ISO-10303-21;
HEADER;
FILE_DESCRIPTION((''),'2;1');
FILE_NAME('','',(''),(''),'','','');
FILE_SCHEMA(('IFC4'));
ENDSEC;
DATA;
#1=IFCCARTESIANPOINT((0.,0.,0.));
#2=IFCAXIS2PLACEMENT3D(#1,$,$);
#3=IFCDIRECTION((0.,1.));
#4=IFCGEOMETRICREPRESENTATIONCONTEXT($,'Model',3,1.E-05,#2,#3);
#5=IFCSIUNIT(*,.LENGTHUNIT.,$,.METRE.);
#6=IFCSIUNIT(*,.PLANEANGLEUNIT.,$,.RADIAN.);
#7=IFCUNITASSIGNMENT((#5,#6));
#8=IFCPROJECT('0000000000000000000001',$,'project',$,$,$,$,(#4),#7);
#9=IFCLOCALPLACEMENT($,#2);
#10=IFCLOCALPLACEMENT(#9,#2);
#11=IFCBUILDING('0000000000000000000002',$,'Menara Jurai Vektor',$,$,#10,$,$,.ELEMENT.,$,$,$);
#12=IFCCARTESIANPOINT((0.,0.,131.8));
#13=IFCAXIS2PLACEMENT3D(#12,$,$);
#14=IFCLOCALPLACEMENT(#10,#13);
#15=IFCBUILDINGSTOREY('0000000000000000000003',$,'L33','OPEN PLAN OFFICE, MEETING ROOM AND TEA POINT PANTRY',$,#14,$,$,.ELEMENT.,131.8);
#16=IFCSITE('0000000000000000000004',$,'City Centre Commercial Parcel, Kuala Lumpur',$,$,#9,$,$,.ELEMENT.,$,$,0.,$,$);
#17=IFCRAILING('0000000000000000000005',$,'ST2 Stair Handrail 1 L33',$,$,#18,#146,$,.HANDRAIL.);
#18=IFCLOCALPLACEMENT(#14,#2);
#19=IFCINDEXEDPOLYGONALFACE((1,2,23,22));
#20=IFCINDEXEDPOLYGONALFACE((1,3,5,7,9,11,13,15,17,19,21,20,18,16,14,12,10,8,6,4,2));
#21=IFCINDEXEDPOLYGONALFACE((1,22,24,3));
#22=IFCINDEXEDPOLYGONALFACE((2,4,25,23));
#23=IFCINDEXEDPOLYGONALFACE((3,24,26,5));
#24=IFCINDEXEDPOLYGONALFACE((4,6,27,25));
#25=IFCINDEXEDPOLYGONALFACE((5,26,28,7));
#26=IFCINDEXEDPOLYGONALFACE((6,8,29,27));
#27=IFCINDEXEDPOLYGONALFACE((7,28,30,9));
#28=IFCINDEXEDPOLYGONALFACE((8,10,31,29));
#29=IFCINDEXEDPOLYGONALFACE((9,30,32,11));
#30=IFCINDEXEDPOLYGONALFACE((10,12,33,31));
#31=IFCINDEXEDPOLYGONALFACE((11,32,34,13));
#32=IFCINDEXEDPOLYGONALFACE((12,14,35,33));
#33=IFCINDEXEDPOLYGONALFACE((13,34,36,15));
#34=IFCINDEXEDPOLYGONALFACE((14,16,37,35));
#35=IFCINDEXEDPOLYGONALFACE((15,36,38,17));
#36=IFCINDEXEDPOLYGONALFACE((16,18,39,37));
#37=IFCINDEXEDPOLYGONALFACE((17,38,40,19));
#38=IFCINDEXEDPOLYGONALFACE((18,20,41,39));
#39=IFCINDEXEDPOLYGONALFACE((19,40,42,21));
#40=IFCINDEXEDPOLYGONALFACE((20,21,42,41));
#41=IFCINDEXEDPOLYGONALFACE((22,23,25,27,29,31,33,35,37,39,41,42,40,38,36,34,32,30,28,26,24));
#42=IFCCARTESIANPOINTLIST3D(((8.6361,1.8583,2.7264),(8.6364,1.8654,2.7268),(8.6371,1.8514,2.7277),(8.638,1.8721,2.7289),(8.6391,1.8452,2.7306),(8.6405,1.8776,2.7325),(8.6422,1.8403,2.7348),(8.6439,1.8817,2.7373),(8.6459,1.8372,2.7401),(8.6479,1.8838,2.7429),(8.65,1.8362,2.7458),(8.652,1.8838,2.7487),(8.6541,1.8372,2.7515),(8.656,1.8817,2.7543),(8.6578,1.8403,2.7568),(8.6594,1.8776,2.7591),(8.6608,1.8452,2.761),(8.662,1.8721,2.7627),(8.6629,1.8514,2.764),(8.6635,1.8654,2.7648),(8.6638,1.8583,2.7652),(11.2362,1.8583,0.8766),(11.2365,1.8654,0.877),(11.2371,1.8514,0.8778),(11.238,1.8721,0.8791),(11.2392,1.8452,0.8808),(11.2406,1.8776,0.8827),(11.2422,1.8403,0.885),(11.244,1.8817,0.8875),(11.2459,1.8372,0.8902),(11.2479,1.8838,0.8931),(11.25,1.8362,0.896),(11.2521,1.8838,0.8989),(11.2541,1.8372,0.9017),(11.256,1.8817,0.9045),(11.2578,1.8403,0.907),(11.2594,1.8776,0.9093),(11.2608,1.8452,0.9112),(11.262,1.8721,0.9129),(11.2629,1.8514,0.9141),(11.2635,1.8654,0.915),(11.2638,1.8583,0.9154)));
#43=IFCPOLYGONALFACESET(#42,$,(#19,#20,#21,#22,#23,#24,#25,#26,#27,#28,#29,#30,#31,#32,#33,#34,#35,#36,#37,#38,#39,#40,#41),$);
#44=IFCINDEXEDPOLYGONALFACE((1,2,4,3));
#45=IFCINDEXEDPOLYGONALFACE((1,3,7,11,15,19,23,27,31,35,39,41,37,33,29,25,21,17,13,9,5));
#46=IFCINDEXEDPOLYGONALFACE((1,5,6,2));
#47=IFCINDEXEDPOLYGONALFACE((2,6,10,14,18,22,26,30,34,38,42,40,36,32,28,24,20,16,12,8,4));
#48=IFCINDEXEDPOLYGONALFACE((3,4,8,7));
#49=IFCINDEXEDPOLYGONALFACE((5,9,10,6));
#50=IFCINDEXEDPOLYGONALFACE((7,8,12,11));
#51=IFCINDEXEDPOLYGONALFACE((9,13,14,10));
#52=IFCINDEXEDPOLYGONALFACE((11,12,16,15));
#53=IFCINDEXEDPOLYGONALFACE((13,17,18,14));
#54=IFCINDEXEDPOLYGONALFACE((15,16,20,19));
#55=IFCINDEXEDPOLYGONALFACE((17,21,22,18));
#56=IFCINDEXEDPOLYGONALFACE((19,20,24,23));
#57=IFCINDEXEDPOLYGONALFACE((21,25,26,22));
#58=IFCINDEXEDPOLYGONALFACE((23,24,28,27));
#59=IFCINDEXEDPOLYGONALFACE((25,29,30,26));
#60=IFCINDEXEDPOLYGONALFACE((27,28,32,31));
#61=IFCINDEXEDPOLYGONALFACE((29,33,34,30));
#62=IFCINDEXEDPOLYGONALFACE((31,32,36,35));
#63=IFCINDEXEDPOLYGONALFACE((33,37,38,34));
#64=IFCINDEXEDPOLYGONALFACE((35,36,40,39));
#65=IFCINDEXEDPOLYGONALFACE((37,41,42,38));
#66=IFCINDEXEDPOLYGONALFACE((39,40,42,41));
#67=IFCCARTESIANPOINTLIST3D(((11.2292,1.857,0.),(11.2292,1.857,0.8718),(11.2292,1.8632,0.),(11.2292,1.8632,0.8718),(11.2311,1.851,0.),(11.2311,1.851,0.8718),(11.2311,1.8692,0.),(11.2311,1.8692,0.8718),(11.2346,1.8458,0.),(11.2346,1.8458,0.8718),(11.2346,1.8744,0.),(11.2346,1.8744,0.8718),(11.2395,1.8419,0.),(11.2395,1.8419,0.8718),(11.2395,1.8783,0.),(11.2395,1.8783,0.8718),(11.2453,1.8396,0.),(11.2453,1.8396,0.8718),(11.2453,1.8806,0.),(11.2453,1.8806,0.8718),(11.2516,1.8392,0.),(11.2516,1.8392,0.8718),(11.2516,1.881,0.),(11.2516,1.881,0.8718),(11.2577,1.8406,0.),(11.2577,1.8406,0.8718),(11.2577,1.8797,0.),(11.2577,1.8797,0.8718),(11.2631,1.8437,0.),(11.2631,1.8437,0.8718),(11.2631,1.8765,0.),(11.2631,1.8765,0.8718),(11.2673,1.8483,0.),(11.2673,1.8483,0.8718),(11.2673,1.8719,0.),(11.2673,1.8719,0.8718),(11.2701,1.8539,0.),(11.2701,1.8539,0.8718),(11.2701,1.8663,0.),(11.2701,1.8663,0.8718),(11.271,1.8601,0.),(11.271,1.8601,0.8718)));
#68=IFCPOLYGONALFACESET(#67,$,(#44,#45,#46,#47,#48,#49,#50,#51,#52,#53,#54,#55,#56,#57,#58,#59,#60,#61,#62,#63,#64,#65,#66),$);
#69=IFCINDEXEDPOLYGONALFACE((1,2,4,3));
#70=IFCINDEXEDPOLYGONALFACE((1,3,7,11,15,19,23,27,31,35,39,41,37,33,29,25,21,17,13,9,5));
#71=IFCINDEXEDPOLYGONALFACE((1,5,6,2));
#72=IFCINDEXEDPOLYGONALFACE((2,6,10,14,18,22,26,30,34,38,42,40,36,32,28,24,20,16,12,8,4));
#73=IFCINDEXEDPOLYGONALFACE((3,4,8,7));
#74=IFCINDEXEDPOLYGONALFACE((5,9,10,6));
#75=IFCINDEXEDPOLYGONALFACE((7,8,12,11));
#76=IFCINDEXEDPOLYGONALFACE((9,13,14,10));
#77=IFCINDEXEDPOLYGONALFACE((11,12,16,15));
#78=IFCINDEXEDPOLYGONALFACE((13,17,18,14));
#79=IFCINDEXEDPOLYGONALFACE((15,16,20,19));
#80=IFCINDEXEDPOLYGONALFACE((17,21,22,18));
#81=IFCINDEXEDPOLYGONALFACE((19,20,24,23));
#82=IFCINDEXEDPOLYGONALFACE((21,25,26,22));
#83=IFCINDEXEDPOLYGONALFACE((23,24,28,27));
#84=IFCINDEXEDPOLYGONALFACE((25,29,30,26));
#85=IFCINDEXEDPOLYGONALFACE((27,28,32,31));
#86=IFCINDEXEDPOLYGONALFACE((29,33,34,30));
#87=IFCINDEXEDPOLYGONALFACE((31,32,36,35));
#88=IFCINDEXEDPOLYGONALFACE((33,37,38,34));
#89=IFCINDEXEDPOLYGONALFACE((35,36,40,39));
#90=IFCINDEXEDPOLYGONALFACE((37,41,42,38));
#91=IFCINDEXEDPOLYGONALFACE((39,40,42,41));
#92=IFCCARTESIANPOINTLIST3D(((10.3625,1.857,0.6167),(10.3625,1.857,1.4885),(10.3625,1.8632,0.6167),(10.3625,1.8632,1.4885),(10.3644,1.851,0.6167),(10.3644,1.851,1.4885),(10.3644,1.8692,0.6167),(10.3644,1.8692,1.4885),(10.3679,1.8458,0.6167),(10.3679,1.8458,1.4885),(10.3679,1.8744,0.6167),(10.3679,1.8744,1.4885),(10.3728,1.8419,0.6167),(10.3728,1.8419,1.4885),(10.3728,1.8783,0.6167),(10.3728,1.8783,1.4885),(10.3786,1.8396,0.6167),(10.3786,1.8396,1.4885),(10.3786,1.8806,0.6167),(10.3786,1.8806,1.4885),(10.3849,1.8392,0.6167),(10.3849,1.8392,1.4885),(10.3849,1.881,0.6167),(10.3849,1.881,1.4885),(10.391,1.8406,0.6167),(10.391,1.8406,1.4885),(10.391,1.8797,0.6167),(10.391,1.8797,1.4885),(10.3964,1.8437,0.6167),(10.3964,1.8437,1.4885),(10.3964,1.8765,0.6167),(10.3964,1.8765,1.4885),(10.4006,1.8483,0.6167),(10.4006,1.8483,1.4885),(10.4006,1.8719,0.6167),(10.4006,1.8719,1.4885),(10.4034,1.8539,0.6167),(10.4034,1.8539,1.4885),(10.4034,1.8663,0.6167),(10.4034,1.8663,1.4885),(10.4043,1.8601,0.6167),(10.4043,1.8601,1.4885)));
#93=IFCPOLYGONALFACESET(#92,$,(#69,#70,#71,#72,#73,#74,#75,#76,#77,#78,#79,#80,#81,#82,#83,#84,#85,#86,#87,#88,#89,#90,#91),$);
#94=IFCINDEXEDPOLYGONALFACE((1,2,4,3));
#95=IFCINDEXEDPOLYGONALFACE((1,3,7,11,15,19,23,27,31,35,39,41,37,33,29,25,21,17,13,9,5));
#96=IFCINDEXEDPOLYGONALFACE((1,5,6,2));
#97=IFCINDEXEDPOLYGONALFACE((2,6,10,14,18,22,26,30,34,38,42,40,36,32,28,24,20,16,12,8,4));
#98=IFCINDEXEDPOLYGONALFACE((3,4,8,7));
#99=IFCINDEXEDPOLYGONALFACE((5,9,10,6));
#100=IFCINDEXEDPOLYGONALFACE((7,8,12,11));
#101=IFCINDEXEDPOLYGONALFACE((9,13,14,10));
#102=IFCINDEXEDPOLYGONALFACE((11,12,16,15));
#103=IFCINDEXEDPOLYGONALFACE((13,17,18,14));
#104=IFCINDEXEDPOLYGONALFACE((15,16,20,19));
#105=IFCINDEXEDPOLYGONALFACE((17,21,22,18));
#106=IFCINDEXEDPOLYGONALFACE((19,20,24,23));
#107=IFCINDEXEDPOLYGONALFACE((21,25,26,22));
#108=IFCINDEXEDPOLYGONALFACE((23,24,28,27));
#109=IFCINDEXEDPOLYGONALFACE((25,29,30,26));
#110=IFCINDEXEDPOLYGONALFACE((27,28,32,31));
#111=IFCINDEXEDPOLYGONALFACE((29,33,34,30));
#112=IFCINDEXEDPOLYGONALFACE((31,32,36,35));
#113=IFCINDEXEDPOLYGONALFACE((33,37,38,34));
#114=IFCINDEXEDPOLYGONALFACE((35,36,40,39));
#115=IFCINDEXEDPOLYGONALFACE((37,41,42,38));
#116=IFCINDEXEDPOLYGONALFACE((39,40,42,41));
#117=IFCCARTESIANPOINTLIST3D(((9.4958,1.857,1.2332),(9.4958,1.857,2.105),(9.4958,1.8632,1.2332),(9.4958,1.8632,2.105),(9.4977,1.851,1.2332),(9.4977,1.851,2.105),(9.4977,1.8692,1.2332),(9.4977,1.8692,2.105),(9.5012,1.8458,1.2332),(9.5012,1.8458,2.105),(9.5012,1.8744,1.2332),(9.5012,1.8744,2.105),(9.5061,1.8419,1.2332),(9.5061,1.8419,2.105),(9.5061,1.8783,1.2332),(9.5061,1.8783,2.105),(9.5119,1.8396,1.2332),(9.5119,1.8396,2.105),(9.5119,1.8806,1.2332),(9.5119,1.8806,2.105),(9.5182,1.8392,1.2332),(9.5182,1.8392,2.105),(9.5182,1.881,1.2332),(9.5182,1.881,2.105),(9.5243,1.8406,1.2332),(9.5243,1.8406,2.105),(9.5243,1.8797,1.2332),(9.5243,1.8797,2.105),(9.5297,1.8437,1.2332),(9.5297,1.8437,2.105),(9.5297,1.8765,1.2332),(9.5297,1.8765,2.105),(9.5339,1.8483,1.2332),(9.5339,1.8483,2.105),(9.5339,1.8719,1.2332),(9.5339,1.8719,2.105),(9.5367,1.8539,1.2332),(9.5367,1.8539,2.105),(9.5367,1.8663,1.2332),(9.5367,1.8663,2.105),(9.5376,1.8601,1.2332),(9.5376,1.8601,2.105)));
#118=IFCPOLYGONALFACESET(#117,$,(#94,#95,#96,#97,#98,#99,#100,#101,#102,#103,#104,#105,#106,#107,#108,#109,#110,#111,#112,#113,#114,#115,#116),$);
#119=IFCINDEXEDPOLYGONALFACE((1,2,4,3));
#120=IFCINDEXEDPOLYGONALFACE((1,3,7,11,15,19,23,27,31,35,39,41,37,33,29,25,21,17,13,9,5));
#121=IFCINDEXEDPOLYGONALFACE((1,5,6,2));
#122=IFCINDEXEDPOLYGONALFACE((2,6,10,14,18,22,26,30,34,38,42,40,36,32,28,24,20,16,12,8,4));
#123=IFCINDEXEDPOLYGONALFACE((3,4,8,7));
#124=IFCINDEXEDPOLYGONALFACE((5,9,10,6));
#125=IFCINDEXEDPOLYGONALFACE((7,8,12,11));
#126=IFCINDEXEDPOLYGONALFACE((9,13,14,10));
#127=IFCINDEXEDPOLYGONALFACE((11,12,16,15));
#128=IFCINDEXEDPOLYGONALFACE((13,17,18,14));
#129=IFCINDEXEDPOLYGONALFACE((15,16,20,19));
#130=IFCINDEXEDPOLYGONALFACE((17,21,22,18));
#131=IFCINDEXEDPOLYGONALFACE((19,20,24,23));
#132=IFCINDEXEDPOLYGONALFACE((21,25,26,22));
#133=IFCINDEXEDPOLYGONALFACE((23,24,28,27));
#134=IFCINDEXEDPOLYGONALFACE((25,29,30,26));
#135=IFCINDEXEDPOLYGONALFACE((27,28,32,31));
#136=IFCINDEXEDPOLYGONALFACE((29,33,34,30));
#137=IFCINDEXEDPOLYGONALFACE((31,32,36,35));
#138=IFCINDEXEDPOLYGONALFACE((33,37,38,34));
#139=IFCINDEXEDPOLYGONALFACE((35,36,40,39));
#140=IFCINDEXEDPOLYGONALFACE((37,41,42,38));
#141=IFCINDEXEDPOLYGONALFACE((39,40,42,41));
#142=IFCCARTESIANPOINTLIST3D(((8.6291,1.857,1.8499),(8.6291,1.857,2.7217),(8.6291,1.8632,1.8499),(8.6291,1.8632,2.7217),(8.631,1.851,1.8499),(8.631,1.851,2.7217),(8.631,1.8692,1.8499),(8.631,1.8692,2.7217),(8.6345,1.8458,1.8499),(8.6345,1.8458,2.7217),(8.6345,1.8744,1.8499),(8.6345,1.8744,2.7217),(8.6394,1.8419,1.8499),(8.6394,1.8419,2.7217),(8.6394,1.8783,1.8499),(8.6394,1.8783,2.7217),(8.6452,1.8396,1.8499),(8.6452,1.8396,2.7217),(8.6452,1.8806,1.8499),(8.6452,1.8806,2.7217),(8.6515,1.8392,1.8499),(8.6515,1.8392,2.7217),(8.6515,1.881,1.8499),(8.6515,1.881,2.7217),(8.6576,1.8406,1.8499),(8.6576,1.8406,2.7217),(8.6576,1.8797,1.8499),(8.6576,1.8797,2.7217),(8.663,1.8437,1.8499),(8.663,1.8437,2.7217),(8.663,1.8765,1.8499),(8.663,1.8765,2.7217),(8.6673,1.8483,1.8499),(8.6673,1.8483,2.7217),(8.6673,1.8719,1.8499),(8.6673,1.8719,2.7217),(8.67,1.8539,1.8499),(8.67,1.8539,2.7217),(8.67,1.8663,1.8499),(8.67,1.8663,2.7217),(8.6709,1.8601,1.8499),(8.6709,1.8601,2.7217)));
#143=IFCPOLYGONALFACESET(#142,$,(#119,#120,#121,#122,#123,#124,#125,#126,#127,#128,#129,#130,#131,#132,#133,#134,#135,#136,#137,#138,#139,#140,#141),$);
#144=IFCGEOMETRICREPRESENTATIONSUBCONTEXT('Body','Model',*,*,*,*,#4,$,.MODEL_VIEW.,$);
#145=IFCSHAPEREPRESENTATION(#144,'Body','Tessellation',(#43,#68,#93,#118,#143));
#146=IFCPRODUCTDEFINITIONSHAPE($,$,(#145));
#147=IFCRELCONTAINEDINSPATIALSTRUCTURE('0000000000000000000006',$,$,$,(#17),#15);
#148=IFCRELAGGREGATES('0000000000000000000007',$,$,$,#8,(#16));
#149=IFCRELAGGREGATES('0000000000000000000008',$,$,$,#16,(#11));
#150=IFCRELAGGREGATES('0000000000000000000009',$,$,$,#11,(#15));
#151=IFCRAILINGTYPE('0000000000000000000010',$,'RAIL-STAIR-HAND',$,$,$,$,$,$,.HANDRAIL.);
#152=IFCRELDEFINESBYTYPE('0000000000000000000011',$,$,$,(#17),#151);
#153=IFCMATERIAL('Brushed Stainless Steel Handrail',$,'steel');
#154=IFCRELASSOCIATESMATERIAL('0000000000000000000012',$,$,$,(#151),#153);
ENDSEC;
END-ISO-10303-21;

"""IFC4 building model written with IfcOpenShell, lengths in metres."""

from ifc_helpers import new_model, si_unit, direction, frame, origin, origin_2d, place, context, subcontext, project, spatial, circle, extrude, material, type_object, element, save


model = new_model("IFC4")

# Units and contexts
model_context = context("Model", 3, precision=1e-05, world=origin(), true_north=direction((0.0, 1.0)))
body_context = subcontext(model_context, "Body", "Model", "MODEL_VIEW")
ifc_project = project(units=[si_unit("LENGTHUNIT", "METRE"), si_unit("PLANEANGLEUNIT", "RADIAN")], contexts=[model_context])

# Site, building, storey
site_placement = place(None, origin())
site = spatial("IfcSite", under=ifc_project, at=site_placement, Name="City Centre Commercial Parcel, Kuala Lumpur", CompositionType="ELEMENT", RefElevation=0.0)
building_placement = place(site_placement, origin())
building = spatial("IfcBuilding", under=site, at=building_placement, Name="Menara Jurai Vektor", CompositionType="ELEMENT")
storey_placement = place(building_placement, frame((0.0, 0.0, 131.8)))
storey = spatial("IfcBuildingStorey", under=building, at=storey_placement, Name="L33", Description="OPEN PLAN OFFICE, MEETING ROOM AND TEA POINT PANTRY", CompositionType="ELEMENT", Elevation=131.8)

# Railing
ifc_material_1 = material(Name="Brushed Stainless Steel Handrail", Category="steel")
railing_type_1 = type_object("IfcRailingType", Name="RAIL-STAIR-HAND", PredefinedType="HANDRAIL", material=ifc_material_1)
railing_1_placement = place(storey_placement, frame((11.25, 1.8601, 0.0)))
element("IfcRailing", 1, at=railing_1_placement, inside=storey, type_object=railing_type_1, Name="ST2 Stair Handrail 1 L33", PredefinedType="HANDRAIL", context=body_context, shape_type="SweptSolid", body=[
    extrude(circle(Radius=0.0239, at=origin_2d()), frame((0.0, 0.0, 0.896), z_axis=(-0.814823, 0.0, 0.57971), x_axis=(0.0, -1.0, 0.0)), (0.0, 0.0, 1.0), 3.1909),
    extrude(circle(Radius=0.021, at=origin_2d()), origin(), (0.0, 0.0, 1.0), 0.8718),
    extrude(circle(Radius=0.021, at=origin_2d()), frame((-0.8667, 0.0, 0.6167)), (0.0, 0.0, 1.0), 0.8718),
    extrude(circle(Radius=0.021, at=origin_2d()), frame((-1.7334, 0.0, 1.2332)), (0.0, 0.0, 1.0), 0.8718),
    extrude(circle(Radius=0.021, at=origin_2d()), frame((-2.6001, 0.0, 1.8499)), (0.0, 0.0, 1.0), 0.8718),
])

save(model, "model.ifc")
